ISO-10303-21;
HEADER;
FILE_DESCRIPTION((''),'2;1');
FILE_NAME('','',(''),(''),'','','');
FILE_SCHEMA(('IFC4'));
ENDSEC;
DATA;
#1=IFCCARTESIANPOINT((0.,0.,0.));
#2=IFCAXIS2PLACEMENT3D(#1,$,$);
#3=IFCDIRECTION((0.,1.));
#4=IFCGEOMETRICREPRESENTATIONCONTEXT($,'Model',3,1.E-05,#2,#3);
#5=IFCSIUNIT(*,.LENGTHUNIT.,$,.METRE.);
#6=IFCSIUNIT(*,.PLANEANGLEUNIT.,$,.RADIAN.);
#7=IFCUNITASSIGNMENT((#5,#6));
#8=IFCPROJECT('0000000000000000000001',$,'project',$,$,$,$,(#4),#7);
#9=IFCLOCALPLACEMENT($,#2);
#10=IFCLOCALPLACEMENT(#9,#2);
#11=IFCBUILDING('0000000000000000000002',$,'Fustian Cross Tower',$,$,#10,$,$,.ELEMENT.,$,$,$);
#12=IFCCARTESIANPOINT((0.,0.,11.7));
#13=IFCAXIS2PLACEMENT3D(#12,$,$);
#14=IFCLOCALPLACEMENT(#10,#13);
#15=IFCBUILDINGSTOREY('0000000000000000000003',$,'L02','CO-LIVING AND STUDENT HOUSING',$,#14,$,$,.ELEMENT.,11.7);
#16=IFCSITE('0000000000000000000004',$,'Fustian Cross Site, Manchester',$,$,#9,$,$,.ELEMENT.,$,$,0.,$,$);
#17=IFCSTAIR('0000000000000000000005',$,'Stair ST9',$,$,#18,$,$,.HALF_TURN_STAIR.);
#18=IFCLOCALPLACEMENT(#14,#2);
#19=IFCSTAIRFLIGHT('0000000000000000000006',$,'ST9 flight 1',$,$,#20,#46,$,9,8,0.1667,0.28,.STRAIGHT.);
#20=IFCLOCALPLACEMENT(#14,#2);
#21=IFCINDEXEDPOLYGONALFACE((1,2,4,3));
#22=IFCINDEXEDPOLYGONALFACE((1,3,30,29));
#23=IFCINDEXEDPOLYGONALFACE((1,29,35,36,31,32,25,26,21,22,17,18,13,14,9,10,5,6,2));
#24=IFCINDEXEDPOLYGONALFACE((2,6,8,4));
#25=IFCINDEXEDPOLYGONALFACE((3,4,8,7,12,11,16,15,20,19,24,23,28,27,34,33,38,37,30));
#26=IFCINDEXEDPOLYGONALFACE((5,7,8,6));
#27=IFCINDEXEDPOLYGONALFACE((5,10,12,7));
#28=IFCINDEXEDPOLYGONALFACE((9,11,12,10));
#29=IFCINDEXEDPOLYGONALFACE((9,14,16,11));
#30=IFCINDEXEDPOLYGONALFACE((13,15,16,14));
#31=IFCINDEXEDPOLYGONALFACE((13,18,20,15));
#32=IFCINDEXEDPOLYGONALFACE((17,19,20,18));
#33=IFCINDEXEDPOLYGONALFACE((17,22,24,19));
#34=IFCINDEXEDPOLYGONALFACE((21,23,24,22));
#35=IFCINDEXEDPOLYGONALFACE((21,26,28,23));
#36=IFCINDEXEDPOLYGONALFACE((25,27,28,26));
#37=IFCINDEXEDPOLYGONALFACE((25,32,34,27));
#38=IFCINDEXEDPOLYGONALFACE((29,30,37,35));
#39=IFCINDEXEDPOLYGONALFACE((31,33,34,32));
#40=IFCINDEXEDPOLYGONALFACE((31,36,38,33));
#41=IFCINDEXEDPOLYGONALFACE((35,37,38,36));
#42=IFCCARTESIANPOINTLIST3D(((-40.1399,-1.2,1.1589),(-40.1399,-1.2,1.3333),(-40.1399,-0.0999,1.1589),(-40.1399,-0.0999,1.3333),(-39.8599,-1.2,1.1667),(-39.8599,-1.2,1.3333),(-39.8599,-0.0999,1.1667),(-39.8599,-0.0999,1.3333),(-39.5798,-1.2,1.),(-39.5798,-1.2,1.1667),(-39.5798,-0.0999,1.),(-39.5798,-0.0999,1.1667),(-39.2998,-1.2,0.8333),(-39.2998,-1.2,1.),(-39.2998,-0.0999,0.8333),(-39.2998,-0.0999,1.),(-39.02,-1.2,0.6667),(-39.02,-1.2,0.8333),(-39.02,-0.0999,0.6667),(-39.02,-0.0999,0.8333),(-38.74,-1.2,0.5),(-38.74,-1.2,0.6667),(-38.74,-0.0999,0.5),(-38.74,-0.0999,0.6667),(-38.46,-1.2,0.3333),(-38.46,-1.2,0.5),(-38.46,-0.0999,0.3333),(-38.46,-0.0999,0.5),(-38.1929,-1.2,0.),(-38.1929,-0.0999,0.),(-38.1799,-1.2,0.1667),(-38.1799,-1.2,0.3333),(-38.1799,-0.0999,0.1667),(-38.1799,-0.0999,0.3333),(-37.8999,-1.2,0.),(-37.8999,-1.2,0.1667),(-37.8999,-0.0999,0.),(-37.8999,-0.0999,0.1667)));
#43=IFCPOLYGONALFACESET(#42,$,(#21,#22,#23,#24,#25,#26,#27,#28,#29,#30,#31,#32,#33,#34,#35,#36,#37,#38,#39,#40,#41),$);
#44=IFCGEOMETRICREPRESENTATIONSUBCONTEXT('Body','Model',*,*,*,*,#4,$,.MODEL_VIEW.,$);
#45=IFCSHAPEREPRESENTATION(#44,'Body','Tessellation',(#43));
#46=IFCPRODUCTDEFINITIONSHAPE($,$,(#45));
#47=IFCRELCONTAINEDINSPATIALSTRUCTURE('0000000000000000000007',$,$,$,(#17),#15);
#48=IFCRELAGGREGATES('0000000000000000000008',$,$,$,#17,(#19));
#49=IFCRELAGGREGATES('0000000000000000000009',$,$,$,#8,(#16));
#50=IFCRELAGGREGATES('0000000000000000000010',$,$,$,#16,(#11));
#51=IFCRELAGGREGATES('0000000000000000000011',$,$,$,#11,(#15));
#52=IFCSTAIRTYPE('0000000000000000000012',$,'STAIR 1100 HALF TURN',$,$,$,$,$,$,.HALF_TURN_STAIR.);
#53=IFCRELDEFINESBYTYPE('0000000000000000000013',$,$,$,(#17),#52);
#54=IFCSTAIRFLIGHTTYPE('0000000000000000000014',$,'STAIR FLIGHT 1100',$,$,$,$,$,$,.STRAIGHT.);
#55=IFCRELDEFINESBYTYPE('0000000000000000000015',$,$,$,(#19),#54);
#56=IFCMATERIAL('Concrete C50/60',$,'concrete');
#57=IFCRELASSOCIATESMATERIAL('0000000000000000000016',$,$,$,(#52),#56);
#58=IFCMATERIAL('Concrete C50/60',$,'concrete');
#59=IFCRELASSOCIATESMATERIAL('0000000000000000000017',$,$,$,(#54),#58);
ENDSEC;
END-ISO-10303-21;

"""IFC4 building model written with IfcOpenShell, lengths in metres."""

from ifc_helpers import new_model, si_unit, direction, frame, origin, place, context, subcontext, project, spatial, polyline, outline, extrude, material, type_object, element, aggregate, save


model = new_model("IFC4")

# Units and contexts
model_context = context("Model", 3, precision=1e-05, world=origin(), true_north=direction((0.0, 1.0)))
body_context = subcontext(model_context, "Body", "Model", "MODEL_VIEW")
ifc_project = project(units=[si_unit("LENGTHUNIT", "METRE"), si_unit("PLANEANGLEUNIT", "RADIAN")], contexts=[model_context])

# Site, building, storey
site_placement = place(None, origin())
site = spatial("IfcSite", under=ifc_project, at=site_placement, Name="Fustian Cross Site, Manchester", CompositionType="ELEMENT", RefElevation=0.0)
building_placement = place(site_placement, origin())
building = spatial("IfcBuilding", under=site, at=building_placement, Name="Fustian Cross Tower", CompositionType="ELEMENT")
storey_placement = place(building_placement, frame((0.0, 0.0, 11.7)))
storey = spatial("IfcBuildingStorey", under=building, at=storey_placement, Name="L02", Description="CO-LIVING AND STUDENT HOUSING", CompositionType="ELEMENT", Elevation=11.7)

# Stair, stair flight
ifc_material_1 = material(Name="Concrete C50/60", Category="concrete")
stair_type = type_object("IfcStairType", Name="STAIR 1100 HALF TURN", PredefinedType="HALF_TURN_STAIR", material=ifc_material_1)
stair_placement = place(storey_placement, origin())
stair = element("IfcStair", 1, at=stair_placement, inside=storey, type_object=stair_type, Name="Stair ST9", PredefinedType="HALF_TURN_STAIR")
ifc_material_2 = material(Name="Concrete C50/60", Category="concrete")
stair_flight_type = type_object("IfcStairFlightType", Name="STAIR FLIGHT 1100", PredefinedType="STRAIGHT", material=ifc_material_2)
stair_flight_placement = place(storey_placement, frame((-37.8999, -0.6499, 0.0), z_axis=(0.0, 0.0, 1.0), x_axis=(-1.0, 0.0, 0.0)))
stair_flight = element("IfcStairFlight", 2, at=stair_flight_placement, type_object=stair_flight_type, Name="ST9 flight 1", NumberOfRisers=9, NumberOfTreads=8, PredefinedType="STRAIGHT", RiserHeight=0.1667, TreadLength=0.28, context=body_context, shape_type="SweptSolid", body=[
    extrude(outline(polyline([(0.0, 0.0), (0.0, 0.1667), (0.28, 0.1667), (0.28, 0.3333), (0.5601, 0.3333), (0.5601, 0.5), (0.8401, 0.5), (0.8401, 0.6667), (1.1201, 0.6667), (1.1201, 0.8333), (1.3999, 0.8333), (1.3999, 1.0), (1.6799, 1.0), (1.6799, 1.1667), (1.96, 1.1667), (1.96, 1.3333), (2.24, 1.3333), (2.24, 1.5), (2.24, 1.1589), (0.293, 0.0), (0.0, 0.0)])), frame((0.0, 0.55, 0.0), z_axis=(0.0, -1.0, 0.0), x_axis=(1.0, 0.0, 0.0)), (0.0, 0.0, 1.0), 1.1001),
])
aggregate(stair, [stair_flight])

save(model, "model.ifc")
